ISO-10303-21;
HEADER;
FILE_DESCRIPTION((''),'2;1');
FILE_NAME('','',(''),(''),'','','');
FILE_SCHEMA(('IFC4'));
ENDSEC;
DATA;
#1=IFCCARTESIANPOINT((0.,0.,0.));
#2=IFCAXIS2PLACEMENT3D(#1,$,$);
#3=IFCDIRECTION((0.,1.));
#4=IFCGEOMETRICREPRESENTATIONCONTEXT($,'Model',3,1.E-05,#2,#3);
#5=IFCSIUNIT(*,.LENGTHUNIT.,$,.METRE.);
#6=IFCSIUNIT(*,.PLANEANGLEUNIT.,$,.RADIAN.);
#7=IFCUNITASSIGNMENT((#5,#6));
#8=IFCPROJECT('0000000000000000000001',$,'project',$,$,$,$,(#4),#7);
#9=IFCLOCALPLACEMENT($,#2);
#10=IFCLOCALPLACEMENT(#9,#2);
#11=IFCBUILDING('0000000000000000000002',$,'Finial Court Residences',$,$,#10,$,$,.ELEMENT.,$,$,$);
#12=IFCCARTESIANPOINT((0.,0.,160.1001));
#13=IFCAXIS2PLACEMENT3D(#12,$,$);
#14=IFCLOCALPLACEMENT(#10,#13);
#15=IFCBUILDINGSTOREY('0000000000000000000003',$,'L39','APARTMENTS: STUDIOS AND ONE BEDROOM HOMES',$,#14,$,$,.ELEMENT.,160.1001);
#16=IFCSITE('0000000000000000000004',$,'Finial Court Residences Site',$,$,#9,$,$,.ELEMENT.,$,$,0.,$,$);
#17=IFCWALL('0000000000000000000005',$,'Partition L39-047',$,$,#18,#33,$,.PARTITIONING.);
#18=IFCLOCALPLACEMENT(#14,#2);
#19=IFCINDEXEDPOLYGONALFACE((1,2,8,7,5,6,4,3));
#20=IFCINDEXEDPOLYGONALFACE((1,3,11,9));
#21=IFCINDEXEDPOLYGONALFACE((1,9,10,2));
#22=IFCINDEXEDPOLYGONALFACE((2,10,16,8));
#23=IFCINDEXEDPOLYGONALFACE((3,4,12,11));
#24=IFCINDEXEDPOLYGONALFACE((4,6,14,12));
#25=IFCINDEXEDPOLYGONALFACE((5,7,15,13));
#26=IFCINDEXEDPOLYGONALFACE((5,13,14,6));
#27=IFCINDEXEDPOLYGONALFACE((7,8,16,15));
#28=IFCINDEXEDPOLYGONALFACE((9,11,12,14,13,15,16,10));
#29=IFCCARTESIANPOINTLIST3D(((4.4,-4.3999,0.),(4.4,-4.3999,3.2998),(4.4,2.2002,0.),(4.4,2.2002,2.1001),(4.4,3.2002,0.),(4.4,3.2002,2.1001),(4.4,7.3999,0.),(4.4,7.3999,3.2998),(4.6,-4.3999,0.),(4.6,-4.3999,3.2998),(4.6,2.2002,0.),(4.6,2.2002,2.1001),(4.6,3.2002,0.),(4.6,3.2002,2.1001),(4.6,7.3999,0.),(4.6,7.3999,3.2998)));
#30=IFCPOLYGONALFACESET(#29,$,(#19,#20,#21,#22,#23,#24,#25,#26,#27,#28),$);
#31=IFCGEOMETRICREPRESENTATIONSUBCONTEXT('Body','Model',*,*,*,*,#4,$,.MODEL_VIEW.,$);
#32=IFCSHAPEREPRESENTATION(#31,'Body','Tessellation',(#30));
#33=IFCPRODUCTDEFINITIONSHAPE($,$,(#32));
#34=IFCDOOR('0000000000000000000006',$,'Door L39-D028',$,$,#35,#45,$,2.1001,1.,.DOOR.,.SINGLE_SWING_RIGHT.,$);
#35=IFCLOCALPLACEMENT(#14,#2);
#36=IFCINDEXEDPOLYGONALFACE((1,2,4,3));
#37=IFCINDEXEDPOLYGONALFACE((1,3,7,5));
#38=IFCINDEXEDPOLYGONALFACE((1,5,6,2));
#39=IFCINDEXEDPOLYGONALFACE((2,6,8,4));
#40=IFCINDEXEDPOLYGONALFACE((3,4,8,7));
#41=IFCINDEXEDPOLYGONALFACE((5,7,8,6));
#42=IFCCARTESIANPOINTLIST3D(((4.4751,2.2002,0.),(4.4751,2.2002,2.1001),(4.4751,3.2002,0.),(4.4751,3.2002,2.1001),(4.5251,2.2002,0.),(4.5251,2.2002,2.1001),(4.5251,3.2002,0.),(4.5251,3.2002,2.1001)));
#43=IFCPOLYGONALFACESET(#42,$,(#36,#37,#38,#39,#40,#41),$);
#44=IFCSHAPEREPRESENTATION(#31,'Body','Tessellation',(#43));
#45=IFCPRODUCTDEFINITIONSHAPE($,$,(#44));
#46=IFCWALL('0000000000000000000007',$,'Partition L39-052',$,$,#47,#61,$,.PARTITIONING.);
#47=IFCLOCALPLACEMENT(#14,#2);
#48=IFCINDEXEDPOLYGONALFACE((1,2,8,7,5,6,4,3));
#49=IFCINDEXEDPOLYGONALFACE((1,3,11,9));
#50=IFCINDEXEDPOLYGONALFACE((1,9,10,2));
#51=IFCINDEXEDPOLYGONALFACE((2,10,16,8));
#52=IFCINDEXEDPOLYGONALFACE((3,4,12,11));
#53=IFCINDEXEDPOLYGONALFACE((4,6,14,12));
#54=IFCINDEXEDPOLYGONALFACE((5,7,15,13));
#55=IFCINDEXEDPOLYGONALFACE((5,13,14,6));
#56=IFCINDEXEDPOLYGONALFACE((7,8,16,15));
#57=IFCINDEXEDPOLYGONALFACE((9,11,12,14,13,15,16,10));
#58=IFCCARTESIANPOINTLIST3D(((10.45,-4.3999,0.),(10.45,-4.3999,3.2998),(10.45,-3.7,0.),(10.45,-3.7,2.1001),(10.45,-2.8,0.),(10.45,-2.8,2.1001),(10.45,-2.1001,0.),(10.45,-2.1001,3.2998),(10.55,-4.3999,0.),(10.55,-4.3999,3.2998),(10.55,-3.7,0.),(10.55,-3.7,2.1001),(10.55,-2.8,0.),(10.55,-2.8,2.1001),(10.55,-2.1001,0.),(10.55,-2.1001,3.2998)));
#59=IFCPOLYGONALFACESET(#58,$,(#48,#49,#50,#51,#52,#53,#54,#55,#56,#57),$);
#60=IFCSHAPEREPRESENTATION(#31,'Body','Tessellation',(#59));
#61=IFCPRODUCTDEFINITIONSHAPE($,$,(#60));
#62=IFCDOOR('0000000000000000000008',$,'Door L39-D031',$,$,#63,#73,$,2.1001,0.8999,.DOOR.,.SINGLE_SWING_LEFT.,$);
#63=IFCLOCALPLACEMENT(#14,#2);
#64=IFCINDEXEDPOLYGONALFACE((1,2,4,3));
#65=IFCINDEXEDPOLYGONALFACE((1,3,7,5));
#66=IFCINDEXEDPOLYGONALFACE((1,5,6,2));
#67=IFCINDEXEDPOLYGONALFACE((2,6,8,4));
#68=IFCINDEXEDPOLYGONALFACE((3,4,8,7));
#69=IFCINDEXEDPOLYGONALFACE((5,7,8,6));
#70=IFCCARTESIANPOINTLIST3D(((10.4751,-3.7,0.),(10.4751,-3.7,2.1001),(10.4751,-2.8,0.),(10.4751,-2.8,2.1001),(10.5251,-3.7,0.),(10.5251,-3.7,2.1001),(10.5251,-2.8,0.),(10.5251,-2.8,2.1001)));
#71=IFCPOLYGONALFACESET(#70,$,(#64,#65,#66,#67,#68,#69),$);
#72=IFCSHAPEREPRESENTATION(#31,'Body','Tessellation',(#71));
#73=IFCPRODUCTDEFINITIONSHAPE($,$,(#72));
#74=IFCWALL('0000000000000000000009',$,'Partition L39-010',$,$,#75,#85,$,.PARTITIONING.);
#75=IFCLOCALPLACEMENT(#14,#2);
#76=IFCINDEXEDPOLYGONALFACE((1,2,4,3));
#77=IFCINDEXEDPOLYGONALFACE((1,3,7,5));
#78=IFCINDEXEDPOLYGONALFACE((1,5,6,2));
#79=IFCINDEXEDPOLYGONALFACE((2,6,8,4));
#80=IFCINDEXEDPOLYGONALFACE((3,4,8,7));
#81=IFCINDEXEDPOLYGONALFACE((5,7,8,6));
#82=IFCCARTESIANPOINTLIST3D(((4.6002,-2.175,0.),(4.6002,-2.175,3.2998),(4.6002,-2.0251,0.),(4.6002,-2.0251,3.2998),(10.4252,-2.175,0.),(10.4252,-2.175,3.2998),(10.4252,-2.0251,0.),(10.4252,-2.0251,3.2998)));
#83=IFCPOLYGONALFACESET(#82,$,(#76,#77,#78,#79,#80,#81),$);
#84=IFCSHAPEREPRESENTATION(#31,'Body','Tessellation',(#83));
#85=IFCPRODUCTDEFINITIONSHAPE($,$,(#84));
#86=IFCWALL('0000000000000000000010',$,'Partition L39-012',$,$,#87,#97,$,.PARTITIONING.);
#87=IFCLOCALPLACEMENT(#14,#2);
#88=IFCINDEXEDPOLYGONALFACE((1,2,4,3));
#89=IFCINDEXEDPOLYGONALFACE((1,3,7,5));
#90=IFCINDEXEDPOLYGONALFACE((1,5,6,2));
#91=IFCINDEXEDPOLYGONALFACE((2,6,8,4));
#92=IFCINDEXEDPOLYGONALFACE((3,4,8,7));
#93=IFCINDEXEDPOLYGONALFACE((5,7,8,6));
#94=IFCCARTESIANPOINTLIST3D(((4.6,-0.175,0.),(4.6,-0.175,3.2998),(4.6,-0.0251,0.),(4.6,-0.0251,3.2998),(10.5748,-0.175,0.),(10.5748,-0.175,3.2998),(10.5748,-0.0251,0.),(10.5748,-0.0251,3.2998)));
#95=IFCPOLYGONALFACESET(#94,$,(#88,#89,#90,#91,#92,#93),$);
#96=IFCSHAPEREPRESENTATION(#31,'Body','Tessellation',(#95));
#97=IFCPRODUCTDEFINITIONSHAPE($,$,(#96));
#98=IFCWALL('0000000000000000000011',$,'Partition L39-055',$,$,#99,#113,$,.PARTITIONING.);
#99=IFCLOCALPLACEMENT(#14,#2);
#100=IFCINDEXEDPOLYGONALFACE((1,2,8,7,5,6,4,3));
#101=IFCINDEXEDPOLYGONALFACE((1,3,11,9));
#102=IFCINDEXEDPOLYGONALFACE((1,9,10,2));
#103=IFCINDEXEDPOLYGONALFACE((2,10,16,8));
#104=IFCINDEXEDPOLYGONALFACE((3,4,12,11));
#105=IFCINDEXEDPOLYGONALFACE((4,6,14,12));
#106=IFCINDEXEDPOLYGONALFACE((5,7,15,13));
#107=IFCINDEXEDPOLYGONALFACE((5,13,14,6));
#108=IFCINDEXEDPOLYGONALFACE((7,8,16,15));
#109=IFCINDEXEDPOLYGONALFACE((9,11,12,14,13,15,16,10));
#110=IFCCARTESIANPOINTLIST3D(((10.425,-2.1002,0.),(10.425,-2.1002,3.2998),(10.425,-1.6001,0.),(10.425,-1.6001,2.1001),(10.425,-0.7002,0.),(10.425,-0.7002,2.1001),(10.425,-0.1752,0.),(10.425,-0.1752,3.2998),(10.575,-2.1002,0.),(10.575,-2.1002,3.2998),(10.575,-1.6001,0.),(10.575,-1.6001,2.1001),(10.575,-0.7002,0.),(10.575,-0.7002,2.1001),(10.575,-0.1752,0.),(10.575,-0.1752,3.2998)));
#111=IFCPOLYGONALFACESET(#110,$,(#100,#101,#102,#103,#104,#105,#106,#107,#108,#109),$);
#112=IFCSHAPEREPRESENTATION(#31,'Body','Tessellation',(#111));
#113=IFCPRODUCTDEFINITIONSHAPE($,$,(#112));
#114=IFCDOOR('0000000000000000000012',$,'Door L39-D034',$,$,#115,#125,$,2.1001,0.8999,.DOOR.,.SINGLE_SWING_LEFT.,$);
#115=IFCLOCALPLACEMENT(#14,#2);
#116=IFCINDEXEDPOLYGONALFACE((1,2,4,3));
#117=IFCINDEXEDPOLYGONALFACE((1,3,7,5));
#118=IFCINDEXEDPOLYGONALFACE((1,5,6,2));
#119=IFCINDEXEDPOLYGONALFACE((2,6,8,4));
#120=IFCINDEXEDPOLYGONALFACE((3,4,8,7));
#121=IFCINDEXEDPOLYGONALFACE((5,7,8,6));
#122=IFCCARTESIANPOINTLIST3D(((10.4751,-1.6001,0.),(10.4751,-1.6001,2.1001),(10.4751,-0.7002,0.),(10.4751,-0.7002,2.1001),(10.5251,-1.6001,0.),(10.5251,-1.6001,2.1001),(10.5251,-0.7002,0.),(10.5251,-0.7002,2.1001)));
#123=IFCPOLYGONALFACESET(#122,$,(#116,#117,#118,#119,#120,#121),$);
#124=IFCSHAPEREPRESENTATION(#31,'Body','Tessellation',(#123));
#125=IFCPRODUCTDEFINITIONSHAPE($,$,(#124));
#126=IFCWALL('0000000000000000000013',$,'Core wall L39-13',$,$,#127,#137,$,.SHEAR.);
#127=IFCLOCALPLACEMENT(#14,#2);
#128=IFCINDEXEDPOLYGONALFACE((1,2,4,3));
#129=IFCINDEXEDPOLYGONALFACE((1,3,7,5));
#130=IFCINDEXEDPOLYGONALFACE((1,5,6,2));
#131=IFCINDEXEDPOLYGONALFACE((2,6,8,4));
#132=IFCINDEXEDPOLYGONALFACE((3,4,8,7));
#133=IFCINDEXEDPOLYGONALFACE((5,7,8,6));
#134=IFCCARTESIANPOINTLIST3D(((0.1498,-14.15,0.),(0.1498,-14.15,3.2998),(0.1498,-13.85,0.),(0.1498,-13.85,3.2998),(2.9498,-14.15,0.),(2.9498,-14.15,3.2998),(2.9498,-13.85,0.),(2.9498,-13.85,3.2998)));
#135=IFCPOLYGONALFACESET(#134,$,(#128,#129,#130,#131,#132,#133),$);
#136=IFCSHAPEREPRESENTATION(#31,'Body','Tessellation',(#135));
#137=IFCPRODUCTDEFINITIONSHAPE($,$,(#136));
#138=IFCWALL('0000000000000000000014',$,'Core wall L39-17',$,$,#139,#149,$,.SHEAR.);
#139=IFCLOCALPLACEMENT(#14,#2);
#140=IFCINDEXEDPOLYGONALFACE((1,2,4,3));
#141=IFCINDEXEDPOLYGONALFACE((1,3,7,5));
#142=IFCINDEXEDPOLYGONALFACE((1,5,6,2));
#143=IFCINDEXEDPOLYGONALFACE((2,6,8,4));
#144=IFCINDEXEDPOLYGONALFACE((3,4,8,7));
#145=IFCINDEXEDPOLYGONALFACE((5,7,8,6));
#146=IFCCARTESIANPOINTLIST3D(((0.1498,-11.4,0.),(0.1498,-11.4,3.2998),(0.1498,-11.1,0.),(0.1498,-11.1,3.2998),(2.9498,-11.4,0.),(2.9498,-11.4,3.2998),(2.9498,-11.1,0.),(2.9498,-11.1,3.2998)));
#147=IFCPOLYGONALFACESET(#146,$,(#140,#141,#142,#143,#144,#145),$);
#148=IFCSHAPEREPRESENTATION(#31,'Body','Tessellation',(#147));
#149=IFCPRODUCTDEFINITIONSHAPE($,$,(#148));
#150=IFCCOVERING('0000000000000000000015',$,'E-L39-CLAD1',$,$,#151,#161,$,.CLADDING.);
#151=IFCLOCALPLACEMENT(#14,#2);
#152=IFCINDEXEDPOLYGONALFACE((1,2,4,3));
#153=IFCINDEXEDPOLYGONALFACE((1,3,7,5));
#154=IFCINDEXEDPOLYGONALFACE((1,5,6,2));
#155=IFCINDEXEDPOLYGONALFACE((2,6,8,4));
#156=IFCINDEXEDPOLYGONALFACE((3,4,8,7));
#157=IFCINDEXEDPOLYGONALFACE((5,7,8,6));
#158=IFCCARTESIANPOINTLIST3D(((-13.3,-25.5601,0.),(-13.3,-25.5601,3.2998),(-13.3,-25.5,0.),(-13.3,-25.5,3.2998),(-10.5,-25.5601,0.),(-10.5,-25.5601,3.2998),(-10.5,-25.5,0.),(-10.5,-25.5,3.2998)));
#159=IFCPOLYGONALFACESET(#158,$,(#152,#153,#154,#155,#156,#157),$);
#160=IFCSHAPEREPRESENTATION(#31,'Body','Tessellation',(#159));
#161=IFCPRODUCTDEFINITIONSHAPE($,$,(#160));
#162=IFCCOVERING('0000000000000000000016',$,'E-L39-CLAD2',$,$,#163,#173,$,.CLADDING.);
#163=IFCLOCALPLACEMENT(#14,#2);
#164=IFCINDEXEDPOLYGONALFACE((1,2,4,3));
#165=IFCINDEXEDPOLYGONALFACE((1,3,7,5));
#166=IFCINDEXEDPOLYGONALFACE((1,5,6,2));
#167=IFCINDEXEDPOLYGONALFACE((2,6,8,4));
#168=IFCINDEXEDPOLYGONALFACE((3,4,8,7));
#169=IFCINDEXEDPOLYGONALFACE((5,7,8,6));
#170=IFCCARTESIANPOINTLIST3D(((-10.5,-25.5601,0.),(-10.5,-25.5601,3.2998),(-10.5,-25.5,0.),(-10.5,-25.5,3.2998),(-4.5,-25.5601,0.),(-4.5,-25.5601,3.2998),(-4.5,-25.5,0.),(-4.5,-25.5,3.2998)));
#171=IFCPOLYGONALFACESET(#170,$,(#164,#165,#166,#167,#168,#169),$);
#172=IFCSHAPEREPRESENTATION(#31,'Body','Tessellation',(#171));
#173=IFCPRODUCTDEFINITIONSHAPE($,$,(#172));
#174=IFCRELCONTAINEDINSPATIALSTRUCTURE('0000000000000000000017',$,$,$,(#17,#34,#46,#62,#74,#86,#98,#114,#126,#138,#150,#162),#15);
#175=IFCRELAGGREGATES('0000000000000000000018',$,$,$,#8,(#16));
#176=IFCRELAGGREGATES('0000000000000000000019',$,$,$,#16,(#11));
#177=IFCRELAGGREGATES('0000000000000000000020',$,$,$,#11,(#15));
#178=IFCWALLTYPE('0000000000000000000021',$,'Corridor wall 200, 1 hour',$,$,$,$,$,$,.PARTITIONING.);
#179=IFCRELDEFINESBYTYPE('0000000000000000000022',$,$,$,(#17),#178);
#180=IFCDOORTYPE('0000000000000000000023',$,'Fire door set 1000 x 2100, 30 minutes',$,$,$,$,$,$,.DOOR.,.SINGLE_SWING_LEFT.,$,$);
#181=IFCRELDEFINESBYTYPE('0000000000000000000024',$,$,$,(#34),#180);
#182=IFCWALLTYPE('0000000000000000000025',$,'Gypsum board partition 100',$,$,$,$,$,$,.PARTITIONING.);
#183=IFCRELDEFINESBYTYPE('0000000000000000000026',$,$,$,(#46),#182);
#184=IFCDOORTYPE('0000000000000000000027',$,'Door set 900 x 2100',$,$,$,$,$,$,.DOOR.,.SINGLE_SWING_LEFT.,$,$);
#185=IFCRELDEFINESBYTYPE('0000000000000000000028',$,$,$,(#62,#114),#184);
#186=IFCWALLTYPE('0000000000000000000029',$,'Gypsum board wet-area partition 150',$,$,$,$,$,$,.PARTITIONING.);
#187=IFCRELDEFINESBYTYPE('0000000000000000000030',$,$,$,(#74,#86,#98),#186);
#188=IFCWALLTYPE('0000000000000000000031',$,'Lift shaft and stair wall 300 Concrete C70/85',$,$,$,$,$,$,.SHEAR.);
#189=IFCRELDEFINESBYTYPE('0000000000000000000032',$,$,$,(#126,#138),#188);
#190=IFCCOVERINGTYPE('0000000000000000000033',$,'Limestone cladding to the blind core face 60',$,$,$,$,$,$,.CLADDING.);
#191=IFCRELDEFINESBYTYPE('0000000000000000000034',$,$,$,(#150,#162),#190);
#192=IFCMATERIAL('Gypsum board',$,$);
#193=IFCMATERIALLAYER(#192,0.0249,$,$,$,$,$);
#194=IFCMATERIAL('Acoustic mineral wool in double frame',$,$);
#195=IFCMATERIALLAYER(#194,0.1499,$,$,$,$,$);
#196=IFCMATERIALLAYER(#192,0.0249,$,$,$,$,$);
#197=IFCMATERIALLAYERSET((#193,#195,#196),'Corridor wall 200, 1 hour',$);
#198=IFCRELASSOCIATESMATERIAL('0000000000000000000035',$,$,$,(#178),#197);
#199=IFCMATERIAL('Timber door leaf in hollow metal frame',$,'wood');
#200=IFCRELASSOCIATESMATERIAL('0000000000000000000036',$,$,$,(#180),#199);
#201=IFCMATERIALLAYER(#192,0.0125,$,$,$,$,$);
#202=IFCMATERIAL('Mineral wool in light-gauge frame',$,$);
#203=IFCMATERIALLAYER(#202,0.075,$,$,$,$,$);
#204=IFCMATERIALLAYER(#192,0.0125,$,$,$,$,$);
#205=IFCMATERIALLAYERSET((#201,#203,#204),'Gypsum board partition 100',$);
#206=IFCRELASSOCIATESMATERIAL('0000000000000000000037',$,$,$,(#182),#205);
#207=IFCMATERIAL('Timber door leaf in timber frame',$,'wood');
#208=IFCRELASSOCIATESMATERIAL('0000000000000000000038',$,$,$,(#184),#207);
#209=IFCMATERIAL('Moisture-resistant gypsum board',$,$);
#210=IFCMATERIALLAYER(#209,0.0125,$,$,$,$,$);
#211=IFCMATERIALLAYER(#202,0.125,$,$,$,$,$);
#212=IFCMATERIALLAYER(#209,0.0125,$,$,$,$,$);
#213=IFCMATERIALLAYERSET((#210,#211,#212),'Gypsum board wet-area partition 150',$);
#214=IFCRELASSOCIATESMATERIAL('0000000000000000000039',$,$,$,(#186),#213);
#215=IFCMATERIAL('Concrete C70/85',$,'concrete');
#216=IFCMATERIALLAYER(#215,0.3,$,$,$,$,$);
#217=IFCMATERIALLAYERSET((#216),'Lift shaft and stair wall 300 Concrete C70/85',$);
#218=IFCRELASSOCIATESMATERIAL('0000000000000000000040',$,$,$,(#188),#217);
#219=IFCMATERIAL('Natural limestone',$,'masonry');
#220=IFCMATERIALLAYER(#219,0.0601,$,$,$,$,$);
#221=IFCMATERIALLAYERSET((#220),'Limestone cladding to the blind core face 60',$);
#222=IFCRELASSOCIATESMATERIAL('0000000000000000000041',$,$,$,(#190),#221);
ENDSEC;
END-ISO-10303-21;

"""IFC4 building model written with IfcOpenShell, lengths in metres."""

from ifc_helpers import new_model, si_unit, direction, frame, frame_2d, origin, place, context, subcontext, project, spatial, polyline, rectangle, outline, extrude, material, layer, layer_set, type_object, element, fill, save


model = new_model("IFC4")

# Units and contexts
model_context = context("Model", 3, precision=1e-05, world=origin(), true_north=direction((0.0, 1.0)))
body_context = subcontext(model_context, "Body", "Model", "MODEL_VIEW")
ifc_project = project(units=[si_unit("LENGTHUNIT", "METRE"), si_unit("PLANEANGLEUNIT", "RADIAN")], contexts=[model_context])

# Site, building, storey
site_placement = place(None, origin())
site = spatial("IfcSite", under=ifc_project, at=site_placement, Name="Finial Court Residences Site", CompositionType="ELEMENT", RefElevation=0.0)
building_placement = place(site_placement, origin())
building = spatial("IfcBuilding", under=site, at=building_placement, Name="Finial Court Residences", CompositionType="ELEMENT")
storey_placement = place(building_placement, frame((0.0, 0.0, 160.1001)))
storey = spatial("IfcBuildingStorey", under=building, at=storey_placement, Name="L39", Description="APARTMENTS: STUDIOS AND ONE BEDROOM HOMES", CompositionType="ELEMENT", Elevation=160.1001)

# Shared definitions
ifc_material_1 = material(Name="Gypsum board")
ifc_layer_1 = layer(ifc_material_1, 0.0249)
ifc_material_2 = material(Name="Acoustic mineral wool in double frame")
ifc_layer_2 = layer(ifc_material_2, 0.1499)
ifc_layer_3 = layer(ifc_material_1, 0.0249)
ifc_layer_set_1 = layer_set([ifc_layer_1, ifc_layer_2, ifc_layer_3], Name="Corridor wall 200, 1 hour")
wall_type_1 = type_object("IfcWallType", Name="Corridor wall 200, 1 hour", PredefinedType="PARTITIONING", material=ifc_layer_set_1)
ifc_material_3 = material(Name="Timber door leaf in hollow metal frame", Category="wood")
door_type_1 = type_object("IfcDoorType", Name="Fire door set 1000 x 2100, 30 minutes", OperationType="SINGLE_SWING_LEFT", PredefinedType="DOOR", material=ifc_material_3)

# Walls, openings, doors
wall_1_placement = place(storey_placement, frame((4.5, -4.3999, 0.0), z_axis=(0.0, 0.0, 1.0), x_axis=(0.0, 1.0, 0.0)))
wall_1 = element("IfcWall", 1, at=wall_1_placement, inside=storey, type_object=wall_type_1, Name="Partition L39-047", PredefinedType="PARTITIONING", context=body_context, shape_type="SweptSolid", body=[
    extrude(rectangle(XDim=11.7998, YDim=0.2, at=frame_2d((5.8999, 0.0))), origin(), (0.0, 0.0, 1.0), 3.2998),
])
opening_1_placement = place(wall_1_placement, frame((6.6001, 0.0, 0.0)))
opening_1 = element("IfcOpeningElement", 2, at=opening_1_placement, cuts=wall_1, PredefinedType="OPENING", context=body_context, shape_type="SweptSolid", body=[
    extrude(rectangle(XDim=1.0, YDim=2.1001, at=frame_2d((0.5, 1.05))), frame((0.0, 0.1099, 0.0), z_axis=(0.0, -1.0, 0.0), x_axis=(1.0, 0.0, 0.0)), (0.0, 0.0, 1.0), 0.22),
])
door_1_placement = place(opening_1_placement, origin())
door_1 = element("IfcDoor", 3, at=door_1_placement, inside=storey, type_object=door_type_1, Name="Door L39-D028", OperationType="SINGLE_SWING_RIGHT", OverallHeight=2.1001, OverallWidth=1.0, PredefinedType="DOOR", context=body_context, shape_type="SweptSolid", body=[
    extrude(rectangle(XDim=1.0, YDim=2.1001, at=frame_2d((0.5, 1.05))), frame((0.0, 0.0249, 0.0), z_axis=(0.0, -1.0, 0.0), x_axis=(1.0, 0.0, 0.0)), (0.0, 0.0, 1.0), 0.05),
])
fill(opening_1, door_1)
ifc_layer_4 = layer(ifc_material_1, 0.0125)
ifc_material_4 = material(Name="Mineral wool in light-gauge frame")
ifc_layer_5 = layer(ifc_material_4, 0.075)
ifc_layer_6 = layer(ifc_material_1, 0.0125)
ifc_layer_set_2 = layer_set([ifc_layer_4, ifc_layer_5, ifc_layer_6], Name="Gypsum board partition 100")
wall_type_2 = type_object("IfcWallType", Name="Gypsum board partition 100", PredefinedType="PARTITIONING", material=ifc_layer_set_2)
wall_2_placement = place(storey_placement, frame((10.5, -4.3999, 0.0), z_axis=(0.0, 0.0, 1.0), x_axis=(0.0, 1.0, 0.0)))
wall_2 = element("IfcWall", 4, at=wall_2_placement, inside=storey, type_object=wall_type_2, Name="Partition L39-052", PredefinedType="PARTITIONING", context=body_context, shape_type="SweptSolid", body=[
    extrude(rectangle(XDim=2.2998, YDim=0.1001, at=frame_2d((1.1499, 0.0))), origin(), (0.0, 0.0, 1.0), 3.2998),
])
opening_2_placement = place(wall_2_placement, frame((0.7, 0.0, 0.0)))
opening_2 = element("IfcOpeningElement", 5, at=opening_2_placement, cuts=wall_2, PredefinedType="OPENING", context=body_context, shape_type="SweptSolid", body=[
    extrude(rectangle(XDim=0.8999, YDim=2.1001, at=frame_2d((0.45, 1.05))), frame((0.0, 0.0601, 0.0), z_axis=(0.0, -1.0, 0.0), x_axis=(1.0, 0.0, 0.0)), (0.0, 0.0, 1.0), 0.1201),
])
ifc_material_5 = material(Name="Timber door leaf in timber frame", Category="wood")
door_type_2 = type_object("IfcDoorType", Name="Door set 900 x 2100", OperationType="SINGLE_SWING_LEFT", PredefinedType="DOOR", material=ifc_material_5)
door_2_placement = place(opening_2_placement, origin())
door_2 = element("IfcDoor", 6, at=door_2_placement, inside=storey, type_object=door_type_2, Name="Door L39-D031", OperationType="SINGLE_SWING_LEFT", OverallHeight=2.1001, OverallWidth=0.8999, PredefinedType="DOOR", context=body_context, shape_type="SweptSolid", body=[
    extrude(rectangle(XDim=0.8999, YDim=2.1001, at=frame_2d((0.45, 1.05))), frame((0.0, 0.0249, 0.0), z_axis=(0.0, -1.0, 0.0), x_axis=(1.0, 0.0, 0.0)), (0.0, 0.0, 1.0), 0.05),
])
fill(opening_2, door_2)

# Walls
ifc_material_6 = material(Name="Moisture-resistant gypsum board")
ifc_layer_7 = layer(ifc_material_6, 0.0125)
ifc_layer_8 = layer(ifc_material_4, 0.125)
ifc_layer_9 = layer(ifc_material_6, 0.0125)
ifc_layer_set_3 = layer_set([ifc_layer_7, ifc_layer_8, ifc_layer_9], Name="Gypsum board wet-area partition 150")
wall_type_3 = type_object("IfcWallType", Name="Gypsum board wet-area partition 150", PredefinedType="PARTITIONING", material=ifc_layer_set_3)
wall_3_placement = place(storey_placement, frame((4.6001, -2.1001, 0.0), z_axis=(0.0, 0.0, 1.0), x_axis=(1.0, 0.0, 0.0)))
element("IfcWall", 7, at=wall_3_placement, inside=storey, type_object=wall_type_3, Name="Partition L39-010", PredefinedType="PARTITIONING", context=body_context, shape_type="SweptSolid", body=[
    extrude(rectangle(XDim=5.825, YDim=0.1499, at=frame_2d((2.9126, 0.0))), origin(), (0.0, 0.0, 1.0), 3.2998),
])
wall_4_placement = place(storey_placement, frame((4.6001, -0.1001, 0.0), z_axis=(0.0, 0.0, 1.0), x_axis=(1.0, 0.0, 0.0)))
element("IfcWall", 8, at=wall_4_placement, inside=storey, type_object=wall_type_3, Name="Partition L39-012", PredefinedType="PARTITIONING", context=body_context, shape_type="SweptSolid", body=[
    extrude(rectangle(XDim=5.9749, YDim=0.1499, at=frame_2d((2.9873, 0.0))), origin(), (0.0, 0.0, 1.0), 3.2998),
])

# Wall, opening, door
wall_5_placement = place(storey_placement, frame((10.5, -2.1001, 0.0), z_axis=(0.0, 0.0, 1.0), x_axis=(0.0, 1.0, 0.0)))
wall_5 = element("IfcWall", 9, at=wall_5_placement, inside=storey, type_object=wall_type_3, Name="Partition L39-055", PredefinedType="PARTITIONING", context=body_context, shape_type="SweptSolid", body=[
    extrude(rectangle(XDim=1.925, YDim=0.1499, at=frame_2d((0.9624, 0.0))), origin(), (0.0, 0.0, 1.0), 3.2998),
])
opening_3_placement = place(wall_5_placement, frame((0.5, 0.0, 0.0)))
opening_3 = element("IfcOpeningElement", 10, at=opening_3_placement, cuts=wall_5, PredefinedType="OPENING", context=body_context, shape_type="SweptSolid", body=[
    extrude(rectangle(XDim=0.8999, YDim=2.1001, at=frame_2d((0.45, 1.05))), frame((0.0, 0.085, 0.0), z_axis=(0.0, -1.0, 0.0), x_axis=(1.0, 0.0, 0.0)), (0.0, 0.0, 1.0), 0.1699),
])
door_3_placement = place(opening_3_placement, origin())
door_3 = element("IfcDoor", 11, at=door_3_placement, inside=storey, type_object=door_type_2, Name="Door L39-D034", OperationType="SINGLE_SWING_LEFT", OverallHeight=2.1001, OverallWidth=0.8999, PredefinedType="DOOR", context=body_context, shape_type="SweptSolid", body=[
    extrude(rectangle(XDim=0.8999, YDim=2.1001, at=frame_2d((0.45, 1.05))), frame((0.0, 0.0249, 0.0), z_axis=(0.0, -1.0, 0.0), x_axis=(1.0, 0.0, 0.0)), (0.0, 0.0, 1.0), 0.05),
])
fill(opening_3, door_3)

# Walls
ifc_material_7 = material(Name="Concrete C70/85", Category="concrete")
ifc_layer_10 = layer(ifc_material_7, 0.3)
ifc_layer_set_4 = layer_set([ifc_layer_10], Name="Lift shaft and stair wall 300 Concrete C70/85")
wall_type_4 = type_object("IfcWallType", Name="Lift shaft and stair wall 300 Concrete C70/85", PredefinedType="SHEAR", material=ifc_layer_set_4)
for number, where, z_axis, x_axis, name in (
    (12, (0.1499, -14.0, 0.0), (0.0, 0.0, 1.0), (1.0, 0.0, 0.0), "Core wall L39-13"),
    (13, (0.1499, -11.25, 0.0), (0.0, 0.0, 1.0), (1.0, 0.0, 0.0), "Core wall L39-17"),
):
    element("IfcWall", number, at=place(storey_placement, frame(where, z_axis=z_axis, x_axis=x_axis)), inside=storey, type_object=wall_type_4, Name=name, PredefinedType="SHEAR", context=body_context, shape_type="SweptSolid", body=[
        extrude(rectangle(XDim=2.8, YDim=0.3, at=frame_2d((1.3999, 0.0))), origin(), (0.0, 0.0, 1.0), 3.2998),
    ])

# Coverings
ifc_material_8 = material(Name="Natural limestone", Category="masonry")
ifc_layer_11 = layer(ifc_material_8, 0.0601)
ifc_layer_set_5 = layer_set([ifc_layer_11], Name="Limestone cladding to the blind core face 60")
covering_type = type_object("IfcCoveringType", Name="Limestone cladding to the blind core face 60", PredefinedType="CLADDING", material=ifc_layer_set_5)
covering_1_placement = place(storey_placement, origin())
element("IfcCovering", 14, at=covering_1_placement, inside=storey, type_object=covering_type, Name="E-L39-CLAD1", PredefinedType="CLADDING", context=body_context, shape_type="SweptSolid", body=[
    extrude(outline(polyline([(-10.5, -25.5601), (-10.5, -25.5), (-13.3, -25.5), (-13.3, -25.5601), (-10.5, -25.5601)])), origin(), (0.0, 0.0, 1.0), 3.2998),
])
covering_2_placement = place(storey_placement, origin())
element("IfcCovering", 15, at=covering_2_placement, inside=storey, type_object=covering_type, Name="E-L39-CLAD2", PredefinedType="CLADDING", context=body_context, shape_type="SweptSolid", body=[
    extrude(outline(polyline([(-4.5, -25.5601), (-4.5, -25.5), (-10.5, -25.5), (-10.5, -25.5601), (-4.5, -25.5601)])), origin(), (0.0, 0.0, 1.0), 3.2998),
])

save(model, "model.ifc")
